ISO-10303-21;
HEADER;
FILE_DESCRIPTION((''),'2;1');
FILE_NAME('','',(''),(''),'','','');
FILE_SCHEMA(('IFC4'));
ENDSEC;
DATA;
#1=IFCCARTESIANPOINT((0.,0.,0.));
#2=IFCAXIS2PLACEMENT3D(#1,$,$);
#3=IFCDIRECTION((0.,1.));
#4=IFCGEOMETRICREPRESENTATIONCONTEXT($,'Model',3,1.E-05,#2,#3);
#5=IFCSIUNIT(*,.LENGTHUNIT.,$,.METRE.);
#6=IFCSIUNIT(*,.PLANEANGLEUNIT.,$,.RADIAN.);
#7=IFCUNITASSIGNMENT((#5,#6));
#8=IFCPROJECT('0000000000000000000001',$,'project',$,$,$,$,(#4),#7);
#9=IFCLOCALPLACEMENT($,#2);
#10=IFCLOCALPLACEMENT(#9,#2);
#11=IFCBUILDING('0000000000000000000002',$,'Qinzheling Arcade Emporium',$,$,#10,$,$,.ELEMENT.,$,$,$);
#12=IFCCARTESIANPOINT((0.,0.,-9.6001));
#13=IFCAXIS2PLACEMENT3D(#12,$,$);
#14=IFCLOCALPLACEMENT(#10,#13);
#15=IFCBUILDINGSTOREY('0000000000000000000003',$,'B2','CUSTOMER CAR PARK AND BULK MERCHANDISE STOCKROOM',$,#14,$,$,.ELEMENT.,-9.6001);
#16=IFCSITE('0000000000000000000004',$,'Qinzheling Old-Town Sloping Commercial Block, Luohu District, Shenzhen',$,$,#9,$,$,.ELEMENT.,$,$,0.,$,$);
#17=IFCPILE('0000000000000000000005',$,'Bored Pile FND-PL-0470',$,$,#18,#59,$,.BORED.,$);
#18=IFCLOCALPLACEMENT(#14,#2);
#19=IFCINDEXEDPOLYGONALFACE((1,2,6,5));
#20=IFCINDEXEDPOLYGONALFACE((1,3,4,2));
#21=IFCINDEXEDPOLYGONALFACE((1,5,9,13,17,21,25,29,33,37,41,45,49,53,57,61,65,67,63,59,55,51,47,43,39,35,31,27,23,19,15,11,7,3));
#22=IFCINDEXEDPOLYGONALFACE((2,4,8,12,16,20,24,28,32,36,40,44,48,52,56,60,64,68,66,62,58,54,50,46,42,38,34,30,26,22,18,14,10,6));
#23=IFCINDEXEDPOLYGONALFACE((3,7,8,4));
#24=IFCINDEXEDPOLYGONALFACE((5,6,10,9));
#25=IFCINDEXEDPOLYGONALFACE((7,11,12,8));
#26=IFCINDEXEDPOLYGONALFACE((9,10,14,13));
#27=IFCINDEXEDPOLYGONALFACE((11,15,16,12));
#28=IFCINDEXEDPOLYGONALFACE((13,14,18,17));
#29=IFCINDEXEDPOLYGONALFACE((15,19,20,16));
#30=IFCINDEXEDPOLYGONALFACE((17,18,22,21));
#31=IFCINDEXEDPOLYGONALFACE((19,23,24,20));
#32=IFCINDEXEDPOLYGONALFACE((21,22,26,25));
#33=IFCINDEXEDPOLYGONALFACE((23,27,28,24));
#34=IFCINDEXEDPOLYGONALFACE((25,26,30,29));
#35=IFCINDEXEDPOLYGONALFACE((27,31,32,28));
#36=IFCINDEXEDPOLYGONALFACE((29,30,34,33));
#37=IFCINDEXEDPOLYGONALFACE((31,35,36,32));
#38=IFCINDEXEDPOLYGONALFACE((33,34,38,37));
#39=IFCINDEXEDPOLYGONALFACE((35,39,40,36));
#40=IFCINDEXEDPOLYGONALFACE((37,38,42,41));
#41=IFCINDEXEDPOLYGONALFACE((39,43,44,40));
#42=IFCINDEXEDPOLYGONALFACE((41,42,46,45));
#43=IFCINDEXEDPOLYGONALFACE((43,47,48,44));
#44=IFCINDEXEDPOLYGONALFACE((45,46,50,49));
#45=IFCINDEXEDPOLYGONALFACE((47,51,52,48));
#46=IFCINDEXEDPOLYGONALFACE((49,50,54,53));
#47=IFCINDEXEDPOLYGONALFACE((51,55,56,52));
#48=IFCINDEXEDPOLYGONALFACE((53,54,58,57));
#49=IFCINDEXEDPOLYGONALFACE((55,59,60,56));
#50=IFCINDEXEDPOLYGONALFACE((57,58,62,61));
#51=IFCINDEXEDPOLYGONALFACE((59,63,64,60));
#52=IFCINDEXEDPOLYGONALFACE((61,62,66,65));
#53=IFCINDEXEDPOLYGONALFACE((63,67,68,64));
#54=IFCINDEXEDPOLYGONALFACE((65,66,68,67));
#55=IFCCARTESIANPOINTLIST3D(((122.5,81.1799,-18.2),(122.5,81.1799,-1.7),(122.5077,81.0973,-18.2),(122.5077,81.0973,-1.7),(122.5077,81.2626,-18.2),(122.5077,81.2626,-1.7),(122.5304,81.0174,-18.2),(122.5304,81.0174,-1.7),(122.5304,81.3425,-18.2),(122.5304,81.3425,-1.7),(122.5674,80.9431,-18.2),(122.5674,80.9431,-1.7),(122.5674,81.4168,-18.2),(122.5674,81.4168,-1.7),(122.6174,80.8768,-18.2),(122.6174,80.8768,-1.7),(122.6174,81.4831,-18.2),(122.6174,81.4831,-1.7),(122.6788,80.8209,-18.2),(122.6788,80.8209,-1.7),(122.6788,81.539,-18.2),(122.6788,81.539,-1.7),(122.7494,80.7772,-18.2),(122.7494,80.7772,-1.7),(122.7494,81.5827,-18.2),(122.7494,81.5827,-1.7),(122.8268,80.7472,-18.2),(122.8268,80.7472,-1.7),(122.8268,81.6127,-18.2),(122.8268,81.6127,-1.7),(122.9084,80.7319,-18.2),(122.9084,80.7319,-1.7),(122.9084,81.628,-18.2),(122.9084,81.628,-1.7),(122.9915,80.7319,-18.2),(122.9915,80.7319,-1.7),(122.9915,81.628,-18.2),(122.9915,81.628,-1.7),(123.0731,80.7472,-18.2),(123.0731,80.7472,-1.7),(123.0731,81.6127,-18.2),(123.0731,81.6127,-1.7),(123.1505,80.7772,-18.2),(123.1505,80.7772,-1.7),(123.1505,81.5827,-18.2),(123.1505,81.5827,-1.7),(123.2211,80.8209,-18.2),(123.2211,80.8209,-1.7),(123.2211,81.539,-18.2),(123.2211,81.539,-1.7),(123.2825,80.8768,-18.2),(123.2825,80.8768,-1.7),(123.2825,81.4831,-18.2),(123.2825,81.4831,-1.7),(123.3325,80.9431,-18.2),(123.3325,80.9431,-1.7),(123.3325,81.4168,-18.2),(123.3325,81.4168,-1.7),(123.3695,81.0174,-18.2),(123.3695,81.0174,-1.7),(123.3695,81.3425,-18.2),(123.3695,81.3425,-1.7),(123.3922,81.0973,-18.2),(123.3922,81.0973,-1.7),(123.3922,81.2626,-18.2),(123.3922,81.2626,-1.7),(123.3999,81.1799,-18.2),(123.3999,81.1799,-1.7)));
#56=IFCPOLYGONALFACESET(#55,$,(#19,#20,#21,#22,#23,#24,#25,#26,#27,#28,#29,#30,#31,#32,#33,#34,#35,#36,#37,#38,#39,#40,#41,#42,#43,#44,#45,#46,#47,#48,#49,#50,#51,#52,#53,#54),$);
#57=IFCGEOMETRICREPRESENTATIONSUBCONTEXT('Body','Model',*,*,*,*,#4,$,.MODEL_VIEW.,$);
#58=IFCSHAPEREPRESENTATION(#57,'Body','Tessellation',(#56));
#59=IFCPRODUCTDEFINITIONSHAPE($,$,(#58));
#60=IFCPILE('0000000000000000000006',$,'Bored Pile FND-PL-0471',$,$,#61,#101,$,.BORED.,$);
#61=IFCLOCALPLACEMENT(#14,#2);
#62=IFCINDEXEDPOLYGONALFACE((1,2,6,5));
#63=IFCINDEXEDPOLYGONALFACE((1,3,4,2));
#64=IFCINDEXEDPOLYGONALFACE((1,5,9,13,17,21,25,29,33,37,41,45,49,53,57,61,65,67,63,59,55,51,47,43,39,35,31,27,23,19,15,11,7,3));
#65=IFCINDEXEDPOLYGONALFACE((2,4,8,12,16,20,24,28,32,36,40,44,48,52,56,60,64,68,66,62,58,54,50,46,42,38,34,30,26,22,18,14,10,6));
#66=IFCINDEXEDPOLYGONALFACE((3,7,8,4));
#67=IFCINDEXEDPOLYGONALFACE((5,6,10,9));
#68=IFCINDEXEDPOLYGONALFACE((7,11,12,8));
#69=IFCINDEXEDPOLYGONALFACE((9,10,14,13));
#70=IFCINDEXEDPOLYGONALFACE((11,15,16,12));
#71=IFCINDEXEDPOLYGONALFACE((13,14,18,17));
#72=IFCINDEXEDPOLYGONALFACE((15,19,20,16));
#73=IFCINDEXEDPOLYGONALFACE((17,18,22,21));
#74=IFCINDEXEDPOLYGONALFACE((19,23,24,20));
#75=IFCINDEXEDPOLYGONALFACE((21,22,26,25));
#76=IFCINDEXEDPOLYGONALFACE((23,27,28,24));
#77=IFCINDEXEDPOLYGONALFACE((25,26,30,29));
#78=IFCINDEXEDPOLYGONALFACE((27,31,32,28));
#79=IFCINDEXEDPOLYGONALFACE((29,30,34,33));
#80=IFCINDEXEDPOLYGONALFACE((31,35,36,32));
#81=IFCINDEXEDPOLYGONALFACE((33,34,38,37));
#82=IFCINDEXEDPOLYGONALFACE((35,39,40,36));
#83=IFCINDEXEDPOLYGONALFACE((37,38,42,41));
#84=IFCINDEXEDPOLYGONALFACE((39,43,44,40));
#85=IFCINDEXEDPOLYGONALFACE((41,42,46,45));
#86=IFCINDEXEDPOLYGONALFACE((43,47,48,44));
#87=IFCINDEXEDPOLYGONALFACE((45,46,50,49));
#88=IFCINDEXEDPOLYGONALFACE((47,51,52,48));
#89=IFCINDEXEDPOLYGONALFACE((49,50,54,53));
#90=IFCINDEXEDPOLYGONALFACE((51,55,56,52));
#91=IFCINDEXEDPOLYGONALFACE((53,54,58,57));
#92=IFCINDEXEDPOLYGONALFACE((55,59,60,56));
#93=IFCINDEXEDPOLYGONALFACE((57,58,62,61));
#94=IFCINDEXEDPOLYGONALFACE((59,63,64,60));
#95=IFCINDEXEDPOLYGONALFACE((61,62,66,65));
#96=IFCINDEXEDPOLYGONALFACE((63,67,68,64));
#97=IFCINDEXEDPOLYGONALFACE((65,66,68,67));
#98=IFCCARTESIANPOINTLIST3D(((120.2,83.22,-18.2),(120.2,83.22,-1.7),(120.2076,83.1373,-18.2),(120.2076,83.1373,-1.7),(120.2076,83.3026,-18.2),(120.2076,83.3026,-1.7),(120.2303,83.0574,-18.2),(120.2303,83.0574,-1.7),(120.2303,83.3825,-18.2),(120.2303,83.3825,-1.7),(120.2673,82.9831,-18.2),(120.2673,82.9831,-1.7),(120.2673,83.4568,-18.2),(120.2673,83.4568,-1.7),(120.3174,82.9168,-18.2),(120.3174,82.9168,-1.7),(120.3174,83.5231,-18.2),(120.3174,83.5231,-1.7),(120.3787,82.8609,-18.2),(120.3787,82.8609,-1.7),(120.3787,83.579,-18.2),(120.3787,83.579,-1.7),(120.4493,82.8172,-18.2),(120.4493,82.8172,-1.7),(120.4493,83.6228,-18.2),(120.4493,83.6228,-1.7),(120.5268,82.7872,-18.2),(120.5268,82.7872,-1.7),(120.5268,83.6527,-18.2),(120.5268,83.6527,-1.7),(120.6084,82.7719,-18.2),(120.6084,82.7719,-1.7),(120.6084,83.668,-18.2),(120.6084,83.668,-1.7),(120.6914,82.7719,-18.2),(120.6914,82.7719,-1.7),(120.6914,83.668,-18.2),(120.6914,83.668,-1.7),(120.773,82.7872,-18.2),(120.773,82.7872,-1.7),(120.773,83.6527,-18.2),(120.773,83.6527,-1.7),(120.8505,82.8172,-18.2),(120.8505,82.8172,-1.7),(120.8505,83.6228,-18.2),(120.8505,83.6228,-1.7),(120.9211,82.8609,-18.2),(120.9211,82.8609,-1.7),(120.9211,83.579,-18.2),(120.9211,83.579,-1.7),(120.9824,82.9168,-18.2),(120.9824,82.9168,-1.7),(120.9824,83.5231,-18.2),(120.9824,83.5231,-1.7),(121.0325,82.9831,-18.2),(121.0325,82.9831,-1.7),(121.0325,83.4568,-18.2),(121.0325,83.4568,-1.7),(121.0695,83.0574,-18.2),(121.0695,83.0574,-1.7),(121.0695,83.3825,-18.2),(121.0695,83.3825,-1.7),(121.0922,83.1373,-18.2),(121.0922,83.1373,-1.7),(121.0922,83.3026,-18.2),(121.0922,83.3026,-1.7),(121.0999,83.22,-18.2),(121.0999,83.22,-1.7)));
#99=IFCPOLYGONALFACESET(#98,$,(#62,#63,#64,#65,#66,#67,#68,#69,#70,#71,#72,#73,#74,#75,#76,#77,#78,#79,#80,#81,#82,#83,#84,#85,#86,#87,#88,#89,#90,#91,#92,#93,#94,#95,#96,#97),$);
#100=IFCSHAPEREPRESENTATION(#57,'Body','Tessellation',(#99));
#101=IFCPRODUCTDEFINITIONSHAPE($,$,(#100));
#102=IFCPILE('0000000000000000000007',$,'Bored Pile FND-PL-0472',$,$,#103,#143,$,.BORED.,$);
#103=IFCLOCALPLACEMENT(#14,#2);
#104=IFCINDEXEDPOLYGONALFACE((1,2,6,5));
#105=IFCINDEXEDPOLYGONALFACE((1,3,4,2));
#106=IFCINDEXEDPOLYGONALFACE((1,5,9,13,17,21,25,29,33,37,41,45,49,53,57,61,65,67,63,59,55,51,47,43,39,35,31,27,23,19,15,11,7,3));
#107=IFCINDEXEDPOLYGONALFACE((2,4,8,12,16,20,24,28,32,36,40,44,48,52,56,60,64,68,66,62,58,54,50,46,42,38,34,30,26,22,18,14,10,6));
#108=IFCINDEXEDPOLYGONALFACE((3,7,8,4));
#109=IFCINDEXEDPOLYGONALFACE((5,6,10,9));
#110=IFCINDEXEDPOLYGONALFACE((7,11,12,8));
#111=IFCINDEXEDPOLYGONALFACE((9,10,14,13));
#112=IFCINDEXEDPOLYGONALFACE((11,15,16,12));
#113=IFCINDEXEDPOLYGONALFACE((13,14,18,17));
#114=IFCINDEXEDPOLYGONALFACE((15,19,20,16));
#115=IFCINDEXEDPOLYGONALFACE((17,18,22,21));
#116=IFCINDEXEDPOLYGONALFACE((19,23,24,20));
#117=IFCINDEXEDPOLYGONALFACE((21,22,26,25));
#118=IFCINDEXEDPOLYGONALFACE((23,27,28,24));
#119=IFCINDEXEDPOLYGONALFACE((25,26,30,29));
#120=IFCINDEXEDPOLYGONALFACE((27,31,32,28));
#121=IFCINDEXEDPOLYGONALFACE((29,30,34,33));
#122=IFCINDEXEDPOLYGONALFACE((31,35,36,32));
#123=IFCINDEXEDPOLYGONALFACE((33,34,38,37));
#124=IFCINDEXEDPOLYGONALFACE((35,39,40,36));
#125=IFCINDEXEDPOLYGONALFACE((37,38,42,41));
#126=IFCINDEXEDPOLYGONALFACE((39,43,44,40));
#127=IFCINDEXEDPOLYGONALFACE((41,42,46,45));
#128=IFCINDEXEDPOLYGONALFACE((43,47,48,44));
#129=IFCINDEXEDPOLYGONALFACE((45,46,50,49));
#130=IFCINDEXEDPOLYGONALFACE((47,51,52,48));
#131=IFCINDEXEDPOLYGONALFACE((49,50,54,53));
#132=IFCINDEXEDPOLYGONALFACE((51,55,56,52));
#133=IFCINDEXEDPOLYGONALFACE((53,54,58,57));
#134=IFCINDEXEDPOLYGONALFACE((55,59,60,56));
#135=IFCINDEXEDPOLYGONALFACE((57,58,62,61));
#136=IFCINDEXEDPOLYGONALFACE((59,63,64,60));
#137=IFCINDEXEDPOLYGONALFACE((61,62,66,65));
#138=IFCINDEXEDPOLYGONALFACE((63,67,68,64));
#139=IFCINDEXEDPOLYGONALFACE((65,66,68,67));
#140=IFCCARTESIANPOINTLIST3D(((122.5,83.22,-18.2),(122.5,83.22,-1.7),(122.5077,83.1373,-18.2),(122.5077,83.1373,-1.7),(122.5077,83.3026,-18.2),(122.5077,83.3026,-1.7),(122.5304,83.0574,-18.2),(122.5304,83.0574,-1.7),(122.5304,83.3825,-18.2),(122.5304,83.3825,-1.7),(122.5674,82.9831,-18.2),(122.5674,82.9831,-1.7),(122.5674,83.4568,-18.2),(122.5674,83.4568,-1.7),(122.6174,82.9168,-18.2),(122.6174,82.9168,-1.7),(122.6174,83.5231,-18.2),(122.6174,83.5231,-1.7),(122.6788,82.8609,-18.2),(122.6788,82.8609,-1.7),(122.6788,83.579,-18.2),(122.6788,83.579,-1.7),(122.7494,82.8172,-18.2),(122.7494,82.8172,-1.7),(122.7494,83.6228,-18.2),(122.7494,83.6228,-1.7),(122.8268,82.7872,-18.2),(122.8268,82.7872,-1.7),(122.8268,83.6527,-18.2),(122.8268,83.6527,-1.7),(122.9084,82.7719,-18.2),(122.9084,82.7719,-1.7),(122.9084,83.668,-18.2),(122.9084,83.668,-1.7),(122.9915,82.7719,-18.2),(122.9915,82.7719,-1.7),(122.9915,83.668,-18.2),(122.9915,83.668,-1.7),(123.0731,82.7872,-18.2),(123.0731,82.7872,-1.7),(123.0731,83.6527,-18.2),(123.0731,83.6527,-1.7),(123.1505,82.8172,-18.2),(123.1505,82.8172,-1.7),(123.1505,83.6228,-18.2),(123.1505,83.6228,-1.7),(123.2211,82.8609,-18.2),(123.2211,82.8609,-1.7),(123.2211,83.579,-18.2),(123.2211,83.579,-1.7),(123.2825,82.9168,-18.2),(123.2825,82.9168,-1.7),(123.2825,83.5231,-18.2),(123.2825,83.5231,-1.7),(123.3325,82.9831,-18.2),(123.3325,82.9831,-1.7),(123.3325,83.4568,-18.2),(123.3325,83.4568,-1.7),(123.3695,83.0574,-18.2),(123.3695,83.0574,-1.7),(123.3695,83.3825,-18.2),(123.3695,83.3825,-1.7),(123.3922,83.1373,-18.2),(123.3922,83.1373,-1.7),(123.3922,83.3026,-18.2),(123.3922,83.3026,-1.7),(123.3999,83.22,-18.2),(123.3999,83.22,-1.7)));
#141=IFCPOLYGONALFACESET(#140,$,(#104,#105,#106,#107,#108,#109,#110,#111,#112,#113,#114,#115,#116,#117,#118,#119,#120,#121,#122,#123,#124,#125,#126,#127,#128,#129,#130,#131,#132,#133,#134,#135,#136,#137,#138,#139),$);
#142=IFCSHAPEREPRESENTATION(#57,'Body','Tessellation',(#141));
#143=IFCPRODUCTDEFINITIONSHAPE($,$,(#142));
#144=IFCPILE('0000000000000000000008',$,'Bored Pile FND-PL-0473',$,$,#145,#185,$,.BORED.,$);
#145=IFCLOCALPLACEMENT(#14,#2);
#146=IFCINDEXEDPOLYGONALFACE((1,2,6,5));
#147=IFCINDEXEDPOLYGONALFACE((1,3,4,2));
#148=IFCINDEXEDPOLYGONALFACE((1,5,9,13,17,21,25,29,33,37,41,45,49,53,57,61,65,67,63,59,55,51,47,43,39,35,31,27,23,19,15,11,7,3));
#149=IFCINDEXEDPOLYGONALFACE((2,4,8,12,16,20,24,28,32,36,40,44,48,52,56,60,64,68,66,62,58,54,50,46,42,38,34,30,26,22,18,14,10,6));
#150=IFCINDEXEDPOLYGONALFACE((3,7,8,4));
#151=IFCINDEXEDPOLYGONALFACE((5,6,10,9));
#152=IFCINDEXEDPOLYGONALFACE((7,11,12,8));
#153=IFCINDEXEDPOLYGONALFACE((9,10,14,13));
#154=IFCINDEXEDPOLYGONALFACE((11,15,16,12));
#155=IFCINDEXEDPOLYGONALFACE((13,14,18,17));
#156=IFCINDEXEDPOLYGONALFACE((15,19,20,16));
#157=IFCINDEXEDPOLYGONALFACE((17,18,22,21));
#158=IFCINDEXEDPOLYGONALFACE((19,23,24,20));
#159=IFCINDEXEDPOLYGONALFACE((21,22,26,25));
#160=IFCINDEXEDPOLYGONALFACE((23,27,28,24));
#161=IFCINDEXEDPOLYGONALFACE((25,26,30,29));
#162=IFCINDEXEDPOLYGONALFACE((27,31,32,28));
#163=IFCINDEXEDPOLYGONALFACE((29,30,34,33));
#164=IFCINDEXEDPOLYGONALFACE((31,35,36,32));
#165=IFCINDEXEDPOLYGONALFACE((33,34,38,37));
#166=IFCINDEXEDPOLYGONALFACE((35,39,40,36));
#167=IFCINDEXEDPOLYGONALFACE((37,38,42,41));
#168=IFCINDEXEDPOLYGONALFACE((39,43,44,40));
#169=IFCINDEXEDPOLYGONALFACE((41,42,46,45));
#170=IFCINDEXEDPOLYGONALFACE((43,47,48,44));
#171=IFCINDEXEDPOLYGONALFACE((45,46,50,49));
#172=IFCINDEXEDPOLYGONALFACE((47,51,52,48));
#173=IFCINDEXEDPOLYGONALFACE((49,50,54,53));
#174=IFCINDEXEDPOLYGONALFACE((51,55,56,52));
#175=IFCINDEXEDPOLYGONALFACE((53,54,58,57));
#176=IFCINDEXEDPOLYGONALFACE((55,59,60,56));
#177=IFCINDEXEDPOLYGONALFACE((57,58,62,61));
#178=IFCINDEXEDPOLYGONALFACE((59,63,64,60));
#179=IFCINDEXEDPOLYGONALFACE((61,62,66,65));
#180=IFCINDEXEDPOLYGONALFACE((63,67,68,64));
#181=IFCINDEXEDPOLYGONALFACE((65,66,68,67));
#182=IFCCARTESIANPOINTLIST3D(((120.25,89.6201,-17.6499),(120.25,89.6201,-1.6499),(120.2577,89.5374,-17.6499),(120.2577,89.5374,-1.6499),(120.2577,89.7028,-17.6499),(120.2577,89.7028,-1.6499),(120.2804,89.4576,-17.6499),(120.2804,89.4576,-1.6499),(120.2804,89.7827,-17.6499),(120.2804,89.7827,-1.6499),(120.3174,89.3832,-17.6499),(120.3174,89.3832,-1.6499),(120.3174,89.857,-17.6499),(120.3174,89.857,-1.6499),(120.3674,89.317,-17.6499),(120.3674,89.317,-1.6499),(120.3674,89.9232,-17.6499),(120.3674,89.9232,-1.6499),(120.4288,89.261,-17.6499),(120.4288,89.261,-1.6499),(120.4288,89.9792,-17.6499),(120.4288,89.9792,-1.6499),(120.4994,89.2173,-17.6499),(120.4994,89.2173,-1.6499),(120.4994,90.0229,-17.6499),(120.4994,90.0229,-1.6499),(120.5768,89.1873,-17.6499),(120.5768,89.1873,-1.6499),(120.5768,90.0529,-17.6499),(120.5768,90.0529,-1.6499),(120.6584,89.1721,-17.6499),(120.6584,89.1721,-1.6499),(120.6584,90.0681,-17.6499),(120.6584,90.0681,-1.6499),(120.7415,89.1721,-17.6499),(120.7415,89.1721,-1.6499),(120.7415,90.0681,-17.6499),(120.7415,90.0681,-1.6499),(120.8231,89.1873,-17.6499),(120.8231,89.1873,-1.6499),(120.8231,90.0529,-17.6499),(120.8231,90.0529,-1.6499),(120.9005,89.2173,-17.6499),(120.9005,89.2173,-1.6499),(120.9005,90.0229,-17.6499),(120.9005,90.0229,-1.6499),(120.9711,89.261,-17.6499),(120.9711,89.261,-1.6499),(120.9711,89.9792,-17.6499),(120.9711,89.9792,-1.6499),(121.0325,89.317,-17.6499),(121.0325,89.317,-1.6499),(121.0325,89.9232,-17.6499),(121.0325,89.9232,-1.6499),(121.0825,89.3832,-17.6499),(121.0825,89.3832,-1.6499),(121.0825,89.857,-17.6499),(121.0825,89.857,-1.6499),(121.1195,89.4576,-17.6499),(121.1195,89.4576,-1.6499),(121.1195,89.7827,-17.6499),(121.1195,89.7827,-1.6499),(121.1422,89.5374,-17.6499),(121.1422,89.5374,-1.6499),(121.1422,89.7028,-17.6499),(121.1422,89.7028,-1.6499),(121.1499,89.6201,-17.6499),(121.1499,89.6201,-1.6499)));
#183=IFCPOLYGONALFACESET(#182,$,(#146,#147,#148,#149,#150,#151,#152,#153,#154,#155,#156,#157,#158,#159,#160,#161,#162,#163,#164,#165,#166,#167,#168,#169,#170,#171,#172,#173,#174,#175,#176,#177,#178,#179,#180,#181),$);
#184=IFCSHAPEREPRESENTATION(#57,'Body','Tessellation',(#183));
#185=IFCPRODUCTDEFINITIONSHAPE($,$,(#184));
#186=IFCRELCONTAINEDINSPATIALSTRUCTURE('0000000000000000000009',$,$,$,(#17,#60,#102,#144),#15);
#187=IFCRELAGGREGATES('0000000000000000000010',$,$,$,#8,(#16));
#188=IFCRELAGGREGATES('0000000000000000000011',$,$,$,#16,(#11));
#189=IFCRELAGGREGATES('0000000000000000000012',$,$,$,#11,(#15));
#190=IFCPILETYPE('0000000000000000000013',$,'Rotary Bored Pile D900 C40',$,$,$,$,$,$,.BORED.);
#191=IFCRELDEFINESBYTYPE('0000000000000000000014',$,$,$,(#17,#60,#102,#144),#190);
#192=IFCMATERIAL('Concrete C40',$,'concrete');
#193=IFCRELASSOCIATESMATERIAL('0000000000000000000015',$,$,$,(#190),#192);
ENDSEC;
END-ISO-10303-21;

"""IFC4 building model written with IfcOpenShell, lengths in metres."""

from ifc_helpers import new_model, si_unit, direction, frame, origin, origin_2d, place, context, subcontext, project, spatial, circle, extrude, material, material_profile, profile_set, type_object, element, save


model = new_model("IFC4")

# Units and contexts
model_context = context("Model", 3, precision=1e-05, world=origin(), true_north=direction((0.0, 1.0)))
body_context = subcontext(model_context, "Body", "Model", "MODEL_VIEW")
ifc_project = project(units=[si_unit("LENGTHUNIT", "METRE"), si_unit("PLANEANGLEUNIT", "RADIAN")], contexts=[model_context])

# Site, building, storey
site_placement = place(None, origin())
site = spatial("IfcSite", under=ifc_project, at=site_placement, Name="Qinzheling Old-Town Sloping Commercial Block, Luohu District, Shenzhen", CompositionType="ELEMENT", RefElevation=0.0)
building_placement = place(site_placement, origin())
building = spatial("IfcBuilding", under=site, at=building_placement, Name="Qinzheling Arcade Emporium", CompositionType="ELEMENT")
storey_placement = place(building_placement, frame((0.0, 0.0, -9.6001)))
storey = spatial("IfcBuildingStorey", under=building, at=storey_placement, Name="B2", Description="CUSTOMER CAR PARK AND BULK MERCHANDISE STOCKROOM", CompositionType="ELEMENT", Elevation=-9.6001)

# Shared definitions
ifc_material_1 = material(Name="Concrete C40", Category="concrete")

# Piles
ifc_material_profile_1 = material_profile(ifc_material_1, circle(Radius=0.45, at=origin_2d()), Name="BORED D900", Category="concrete")
ifc_profile_set_1 = profile_set([ifc_material_profile_1], Name="Concrete C40")
pile_type_1 = type_object("IfcPileType", Name="Rotary Bored Pile D900 C40", PredefinedType="BORED", material=ifc_profile_set_1)
for number, where, z_axis, x_axis, name in (
    (1, (122.95, 81.1799, -1.7), (0.0, 0.0, -1.0), (1.0, 0.0, 0.0), "Bored Pile FND-PL-0470"),
    (2, (120.6499, 83.22, -1.7), (0.0, 0.0, -1.0), (1.0, 0.0, 0.0), "Bored Pile FND-PL-0471"),
    (3, (122.95, 83.22, -1.7), (0.0, 0.0, -1.0), (1.0, 0.0, 0.0), "Bored Pile FND-PL-0472"),
):
    element("IfcPile", number, at=place(storey_placement, frame(where, z_axis=z_axis, x_axis=x_axis)), inside=storey, type_object=pile_type_1, Name=name, PredefinedType="BORED", context=body_context, shape_type="SweptSolid", body=[
        extrude(circle(Radius=0.45, at=origin_2d()), origin(), (0.0, 0.0, 1.0), 16.5),
    ])
for number, where, z_axis, x_axis, name in (
    (4, (120.7, 89.6201, -1.6499), (0.0, 0.0, -1.0), (1.0, 0.0, 0.0), "Bored Pile FND-PL-0473"),
):
    element("IfcPile", number, at=place(storey_placement, frame(where, z_axis=z_axis, x_axis=x_axis)), inside=storey, type_object=pile_type_1, Name=name, PredefinedType="BORED", context=body_context, shape_type="SweptSolid", body=[
        extrude(circle(Radius=0.45, at=origin_2d()), origin(), (0.0, 0.0, 1.0), 16.0),
    ])

save(model, "model.ifc")
